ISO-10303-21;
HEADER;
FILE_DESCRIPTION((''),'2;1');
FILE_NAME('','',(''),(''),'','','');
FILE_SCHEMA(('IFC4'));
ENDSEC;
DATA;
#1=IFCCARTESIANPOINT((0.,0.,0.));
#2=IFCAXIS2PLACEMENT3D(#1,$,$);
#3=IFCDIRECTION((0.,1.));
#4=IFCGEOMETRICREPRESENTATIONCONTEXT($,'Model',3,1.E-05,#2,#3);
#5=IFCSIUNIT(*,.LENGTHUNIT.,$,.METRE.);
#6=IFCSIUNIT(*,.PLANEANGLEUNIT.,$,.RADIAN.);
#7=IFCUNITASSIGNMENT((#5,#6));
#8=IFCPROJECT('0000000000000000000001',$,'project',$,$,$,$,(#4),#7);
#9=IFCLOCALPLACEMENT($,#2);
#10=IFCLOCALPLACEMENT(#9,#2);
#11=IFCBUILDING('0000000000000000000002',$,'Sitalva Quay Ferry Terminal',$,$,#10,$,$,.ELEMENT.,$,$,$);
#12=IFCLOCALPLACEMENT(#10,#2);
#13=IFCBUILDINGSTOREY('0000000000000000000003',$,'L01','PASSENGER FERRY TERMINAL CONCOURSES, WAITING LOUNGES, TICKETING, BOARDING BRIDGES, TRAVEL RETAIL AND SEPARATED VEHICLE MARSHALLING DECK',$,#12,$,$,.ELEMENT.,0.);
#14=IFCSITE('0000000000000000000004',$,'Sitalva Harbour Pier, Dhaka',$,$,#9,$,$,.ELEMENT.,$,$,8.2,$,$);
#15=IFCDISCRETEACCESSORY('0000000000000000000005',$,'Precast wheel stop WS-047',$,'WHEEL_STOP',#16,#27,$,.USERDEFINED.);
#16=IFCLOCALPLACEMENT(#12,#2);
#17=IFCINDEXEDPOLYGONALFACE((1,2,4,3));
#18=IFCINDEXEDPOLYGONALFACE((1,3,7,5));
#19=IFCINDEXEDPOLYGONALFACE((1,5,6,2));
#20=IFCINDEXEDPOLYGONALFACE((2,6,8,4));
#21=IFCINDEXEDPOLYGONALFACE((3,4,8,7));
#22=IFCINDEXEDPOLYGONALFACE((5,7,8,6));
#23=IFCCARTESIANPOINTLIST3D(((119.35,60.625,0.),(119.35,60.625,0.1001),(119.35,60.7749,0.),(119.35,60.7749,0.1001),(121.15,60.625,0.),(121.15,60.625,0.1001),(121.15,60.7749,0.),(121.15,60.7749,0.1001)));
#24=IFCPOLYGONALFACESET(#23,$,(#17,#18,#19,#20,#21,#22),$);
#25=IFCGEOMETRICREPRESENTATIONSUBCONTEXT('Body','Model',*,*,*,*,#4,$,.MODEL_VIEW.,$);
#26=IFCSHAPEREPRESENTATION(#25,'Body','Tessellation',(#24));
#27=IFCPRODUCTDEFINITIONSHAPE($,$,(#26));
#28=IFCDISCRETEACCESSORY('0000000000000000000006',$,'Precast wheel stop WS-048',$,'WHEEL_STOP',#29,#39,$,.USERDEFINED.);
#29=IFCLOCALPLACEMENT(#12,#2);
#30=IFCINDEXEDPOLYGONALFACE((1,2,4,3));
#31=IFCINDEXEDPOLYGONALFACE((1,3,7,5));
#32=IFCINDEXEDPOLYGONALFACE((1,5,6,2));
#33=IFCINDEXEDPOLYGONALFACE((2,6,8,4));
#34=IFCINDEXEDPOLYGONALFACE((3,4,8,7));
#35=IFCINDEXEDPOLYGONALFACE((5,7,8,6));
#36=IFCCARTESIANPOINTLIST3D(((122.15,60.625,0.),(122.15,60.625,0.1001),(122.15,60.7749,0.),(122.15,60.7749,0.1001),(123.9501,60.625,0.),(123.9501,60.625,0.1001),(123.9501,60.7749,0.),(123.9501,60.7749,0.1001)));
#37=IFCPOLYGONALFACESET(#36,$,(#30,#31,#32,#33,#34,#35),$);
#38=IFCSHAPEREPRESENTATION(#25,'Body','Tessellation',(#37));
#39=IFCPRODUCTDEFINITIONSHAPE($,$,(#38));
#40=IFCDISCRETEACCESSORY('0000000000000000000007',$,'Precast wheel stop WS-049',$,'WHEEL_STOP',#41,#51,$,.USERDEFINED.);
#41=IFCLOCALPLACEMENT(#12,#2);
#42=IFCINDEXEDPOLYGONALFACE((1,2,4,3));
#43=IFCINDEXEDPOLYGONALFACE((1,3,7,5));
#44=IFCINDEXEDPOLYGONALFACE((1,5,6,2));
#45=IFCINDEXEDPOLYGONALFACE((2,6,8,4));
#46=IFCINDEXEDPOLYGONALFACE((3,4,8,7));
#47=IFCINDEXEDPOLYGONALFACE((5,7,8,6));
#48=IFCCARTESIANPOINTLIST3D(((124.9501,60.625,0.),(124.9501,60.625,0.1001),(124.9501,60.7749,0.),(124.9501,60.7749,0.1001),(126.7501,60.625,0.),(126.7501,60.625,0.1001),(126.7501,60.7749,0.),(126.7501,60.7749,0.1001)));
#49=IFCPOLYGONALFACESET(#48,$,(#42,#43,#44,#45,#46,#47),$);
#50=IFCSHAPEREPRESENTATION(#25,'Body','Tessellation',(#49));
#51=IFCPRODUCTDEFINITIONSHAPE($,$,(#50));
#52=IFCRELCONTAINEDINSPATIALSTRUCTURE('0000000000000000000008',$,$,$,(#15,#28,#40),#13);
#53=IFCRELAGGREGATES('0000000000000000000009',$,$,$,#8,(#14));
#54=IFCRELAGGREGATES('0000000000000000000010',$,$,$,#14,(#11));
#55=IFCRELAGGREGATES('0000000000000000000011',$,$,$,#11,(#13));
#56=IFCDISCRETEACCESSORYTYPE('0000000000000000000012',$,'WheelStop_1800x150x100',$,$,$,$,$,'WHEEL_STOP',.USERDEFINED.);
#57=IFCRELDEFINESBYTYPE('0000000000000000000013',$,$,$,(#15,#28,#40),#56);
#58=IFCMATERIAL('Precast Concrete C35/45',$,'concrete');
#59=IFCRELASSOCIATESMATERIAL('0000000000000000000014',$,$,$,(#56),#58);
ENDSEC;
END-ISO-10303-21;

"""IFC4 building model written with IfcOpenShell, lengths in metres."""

from ifc_helpers import new_model, si_unit, direction, frame, origin, origin_2d, place, context, subcontext, project, spatial, rectangle, extrude, material, type_object, element, save


model = new_model("IFC4")

# Units and contexts
model_context = context("Model", 3, precision=1e-05, world=origin(), true_north=direction((0.0, 1.0)))
body_context = subcontext(model_context, "Body", "Model", "MODEL_VIEW")
ifc_project = project(units=[si_unit("LENGTHUNIT", "METRE"), si_unit("PLANEANGLEUNIT", "RADIAN")], contexts=[model_context])

# Site, building, storey
site_placement = place(None, origin())
site = spatial("IfcSite", under=ifc_project, at=site_placement, Name="Sitalva Harbour Pier, Dhaka", CompositionType="ELEMENT", RefElevation=8.2)
building_placement = place(site_placement, origin())
building = spatial("IfcBuilding", under=site, at=building_placement, Name="Sitalva Quay Ferry Terminal", CompositionType="ELEMENT")
storey_placement = place(building_placement, origin())
storey = spatial("IfcBuildingStorey", under=building, at=storey_placement, Name="L01", Description="PASSENGER FERRY TERMINAL CONCOURSES, WAITING LOUNGES, TICKETING, BOARDING BRIDGES, TRAVEL RETAIL AND SEPARATED VEHICLE MARSHALLING DECK", CompositionType="ELEMENT", Elevation=0.0)

# Discrete accessories
ifc_material_1 = material(Name="Precast Concrete C35/45", Category="concrete")
discrete_accessory_type_1 = type_object("IfcDiscreteAccessoryType", Name="WheelStop_1800x150x100", ElementType="WHEEL_STOP", PredefinedType="USERDEFINED", material=ifc_material_1)
for number, where, z_axis, x_axis, name in (
    (1, (120.25, 60.7, 0.0), (0.0, 0.0, 1.0), (1.0, 0.0, 0.0), "Precast wheel stop WS-047"),
    (2, (123.05, 60.7, 0.0), (0.0, 0.0, 1.0), (1.0, 0.0, 0.0), "Precast wheel stop WS-048"),
    (3, (125.8501, 60.7, 0.0), (0.0, 0.0, 1.0), (1.0, 0.0, 0.0), "Precast wheel stop WS-049"),
):
    element("IfcDiscreteAccessory", number, at=place(storey_placement, frame(where, z_axis=z_axis, x_axis=x_axis)), inside=storey, type_object=discrete_accessory_type_1, Name=name, ObjectType="WHEEL_STOP", PredefinedType="USERDEFINED", context=body_context, shape_type="SweptSolid", body=[
        extrude(rectangle(XDim=1.8, YDim=0.1499, at=origin_2d()), origin(), (0.0, 0.0, 1.0), 0.1001),
    ])

save(model, "model.ifc")
